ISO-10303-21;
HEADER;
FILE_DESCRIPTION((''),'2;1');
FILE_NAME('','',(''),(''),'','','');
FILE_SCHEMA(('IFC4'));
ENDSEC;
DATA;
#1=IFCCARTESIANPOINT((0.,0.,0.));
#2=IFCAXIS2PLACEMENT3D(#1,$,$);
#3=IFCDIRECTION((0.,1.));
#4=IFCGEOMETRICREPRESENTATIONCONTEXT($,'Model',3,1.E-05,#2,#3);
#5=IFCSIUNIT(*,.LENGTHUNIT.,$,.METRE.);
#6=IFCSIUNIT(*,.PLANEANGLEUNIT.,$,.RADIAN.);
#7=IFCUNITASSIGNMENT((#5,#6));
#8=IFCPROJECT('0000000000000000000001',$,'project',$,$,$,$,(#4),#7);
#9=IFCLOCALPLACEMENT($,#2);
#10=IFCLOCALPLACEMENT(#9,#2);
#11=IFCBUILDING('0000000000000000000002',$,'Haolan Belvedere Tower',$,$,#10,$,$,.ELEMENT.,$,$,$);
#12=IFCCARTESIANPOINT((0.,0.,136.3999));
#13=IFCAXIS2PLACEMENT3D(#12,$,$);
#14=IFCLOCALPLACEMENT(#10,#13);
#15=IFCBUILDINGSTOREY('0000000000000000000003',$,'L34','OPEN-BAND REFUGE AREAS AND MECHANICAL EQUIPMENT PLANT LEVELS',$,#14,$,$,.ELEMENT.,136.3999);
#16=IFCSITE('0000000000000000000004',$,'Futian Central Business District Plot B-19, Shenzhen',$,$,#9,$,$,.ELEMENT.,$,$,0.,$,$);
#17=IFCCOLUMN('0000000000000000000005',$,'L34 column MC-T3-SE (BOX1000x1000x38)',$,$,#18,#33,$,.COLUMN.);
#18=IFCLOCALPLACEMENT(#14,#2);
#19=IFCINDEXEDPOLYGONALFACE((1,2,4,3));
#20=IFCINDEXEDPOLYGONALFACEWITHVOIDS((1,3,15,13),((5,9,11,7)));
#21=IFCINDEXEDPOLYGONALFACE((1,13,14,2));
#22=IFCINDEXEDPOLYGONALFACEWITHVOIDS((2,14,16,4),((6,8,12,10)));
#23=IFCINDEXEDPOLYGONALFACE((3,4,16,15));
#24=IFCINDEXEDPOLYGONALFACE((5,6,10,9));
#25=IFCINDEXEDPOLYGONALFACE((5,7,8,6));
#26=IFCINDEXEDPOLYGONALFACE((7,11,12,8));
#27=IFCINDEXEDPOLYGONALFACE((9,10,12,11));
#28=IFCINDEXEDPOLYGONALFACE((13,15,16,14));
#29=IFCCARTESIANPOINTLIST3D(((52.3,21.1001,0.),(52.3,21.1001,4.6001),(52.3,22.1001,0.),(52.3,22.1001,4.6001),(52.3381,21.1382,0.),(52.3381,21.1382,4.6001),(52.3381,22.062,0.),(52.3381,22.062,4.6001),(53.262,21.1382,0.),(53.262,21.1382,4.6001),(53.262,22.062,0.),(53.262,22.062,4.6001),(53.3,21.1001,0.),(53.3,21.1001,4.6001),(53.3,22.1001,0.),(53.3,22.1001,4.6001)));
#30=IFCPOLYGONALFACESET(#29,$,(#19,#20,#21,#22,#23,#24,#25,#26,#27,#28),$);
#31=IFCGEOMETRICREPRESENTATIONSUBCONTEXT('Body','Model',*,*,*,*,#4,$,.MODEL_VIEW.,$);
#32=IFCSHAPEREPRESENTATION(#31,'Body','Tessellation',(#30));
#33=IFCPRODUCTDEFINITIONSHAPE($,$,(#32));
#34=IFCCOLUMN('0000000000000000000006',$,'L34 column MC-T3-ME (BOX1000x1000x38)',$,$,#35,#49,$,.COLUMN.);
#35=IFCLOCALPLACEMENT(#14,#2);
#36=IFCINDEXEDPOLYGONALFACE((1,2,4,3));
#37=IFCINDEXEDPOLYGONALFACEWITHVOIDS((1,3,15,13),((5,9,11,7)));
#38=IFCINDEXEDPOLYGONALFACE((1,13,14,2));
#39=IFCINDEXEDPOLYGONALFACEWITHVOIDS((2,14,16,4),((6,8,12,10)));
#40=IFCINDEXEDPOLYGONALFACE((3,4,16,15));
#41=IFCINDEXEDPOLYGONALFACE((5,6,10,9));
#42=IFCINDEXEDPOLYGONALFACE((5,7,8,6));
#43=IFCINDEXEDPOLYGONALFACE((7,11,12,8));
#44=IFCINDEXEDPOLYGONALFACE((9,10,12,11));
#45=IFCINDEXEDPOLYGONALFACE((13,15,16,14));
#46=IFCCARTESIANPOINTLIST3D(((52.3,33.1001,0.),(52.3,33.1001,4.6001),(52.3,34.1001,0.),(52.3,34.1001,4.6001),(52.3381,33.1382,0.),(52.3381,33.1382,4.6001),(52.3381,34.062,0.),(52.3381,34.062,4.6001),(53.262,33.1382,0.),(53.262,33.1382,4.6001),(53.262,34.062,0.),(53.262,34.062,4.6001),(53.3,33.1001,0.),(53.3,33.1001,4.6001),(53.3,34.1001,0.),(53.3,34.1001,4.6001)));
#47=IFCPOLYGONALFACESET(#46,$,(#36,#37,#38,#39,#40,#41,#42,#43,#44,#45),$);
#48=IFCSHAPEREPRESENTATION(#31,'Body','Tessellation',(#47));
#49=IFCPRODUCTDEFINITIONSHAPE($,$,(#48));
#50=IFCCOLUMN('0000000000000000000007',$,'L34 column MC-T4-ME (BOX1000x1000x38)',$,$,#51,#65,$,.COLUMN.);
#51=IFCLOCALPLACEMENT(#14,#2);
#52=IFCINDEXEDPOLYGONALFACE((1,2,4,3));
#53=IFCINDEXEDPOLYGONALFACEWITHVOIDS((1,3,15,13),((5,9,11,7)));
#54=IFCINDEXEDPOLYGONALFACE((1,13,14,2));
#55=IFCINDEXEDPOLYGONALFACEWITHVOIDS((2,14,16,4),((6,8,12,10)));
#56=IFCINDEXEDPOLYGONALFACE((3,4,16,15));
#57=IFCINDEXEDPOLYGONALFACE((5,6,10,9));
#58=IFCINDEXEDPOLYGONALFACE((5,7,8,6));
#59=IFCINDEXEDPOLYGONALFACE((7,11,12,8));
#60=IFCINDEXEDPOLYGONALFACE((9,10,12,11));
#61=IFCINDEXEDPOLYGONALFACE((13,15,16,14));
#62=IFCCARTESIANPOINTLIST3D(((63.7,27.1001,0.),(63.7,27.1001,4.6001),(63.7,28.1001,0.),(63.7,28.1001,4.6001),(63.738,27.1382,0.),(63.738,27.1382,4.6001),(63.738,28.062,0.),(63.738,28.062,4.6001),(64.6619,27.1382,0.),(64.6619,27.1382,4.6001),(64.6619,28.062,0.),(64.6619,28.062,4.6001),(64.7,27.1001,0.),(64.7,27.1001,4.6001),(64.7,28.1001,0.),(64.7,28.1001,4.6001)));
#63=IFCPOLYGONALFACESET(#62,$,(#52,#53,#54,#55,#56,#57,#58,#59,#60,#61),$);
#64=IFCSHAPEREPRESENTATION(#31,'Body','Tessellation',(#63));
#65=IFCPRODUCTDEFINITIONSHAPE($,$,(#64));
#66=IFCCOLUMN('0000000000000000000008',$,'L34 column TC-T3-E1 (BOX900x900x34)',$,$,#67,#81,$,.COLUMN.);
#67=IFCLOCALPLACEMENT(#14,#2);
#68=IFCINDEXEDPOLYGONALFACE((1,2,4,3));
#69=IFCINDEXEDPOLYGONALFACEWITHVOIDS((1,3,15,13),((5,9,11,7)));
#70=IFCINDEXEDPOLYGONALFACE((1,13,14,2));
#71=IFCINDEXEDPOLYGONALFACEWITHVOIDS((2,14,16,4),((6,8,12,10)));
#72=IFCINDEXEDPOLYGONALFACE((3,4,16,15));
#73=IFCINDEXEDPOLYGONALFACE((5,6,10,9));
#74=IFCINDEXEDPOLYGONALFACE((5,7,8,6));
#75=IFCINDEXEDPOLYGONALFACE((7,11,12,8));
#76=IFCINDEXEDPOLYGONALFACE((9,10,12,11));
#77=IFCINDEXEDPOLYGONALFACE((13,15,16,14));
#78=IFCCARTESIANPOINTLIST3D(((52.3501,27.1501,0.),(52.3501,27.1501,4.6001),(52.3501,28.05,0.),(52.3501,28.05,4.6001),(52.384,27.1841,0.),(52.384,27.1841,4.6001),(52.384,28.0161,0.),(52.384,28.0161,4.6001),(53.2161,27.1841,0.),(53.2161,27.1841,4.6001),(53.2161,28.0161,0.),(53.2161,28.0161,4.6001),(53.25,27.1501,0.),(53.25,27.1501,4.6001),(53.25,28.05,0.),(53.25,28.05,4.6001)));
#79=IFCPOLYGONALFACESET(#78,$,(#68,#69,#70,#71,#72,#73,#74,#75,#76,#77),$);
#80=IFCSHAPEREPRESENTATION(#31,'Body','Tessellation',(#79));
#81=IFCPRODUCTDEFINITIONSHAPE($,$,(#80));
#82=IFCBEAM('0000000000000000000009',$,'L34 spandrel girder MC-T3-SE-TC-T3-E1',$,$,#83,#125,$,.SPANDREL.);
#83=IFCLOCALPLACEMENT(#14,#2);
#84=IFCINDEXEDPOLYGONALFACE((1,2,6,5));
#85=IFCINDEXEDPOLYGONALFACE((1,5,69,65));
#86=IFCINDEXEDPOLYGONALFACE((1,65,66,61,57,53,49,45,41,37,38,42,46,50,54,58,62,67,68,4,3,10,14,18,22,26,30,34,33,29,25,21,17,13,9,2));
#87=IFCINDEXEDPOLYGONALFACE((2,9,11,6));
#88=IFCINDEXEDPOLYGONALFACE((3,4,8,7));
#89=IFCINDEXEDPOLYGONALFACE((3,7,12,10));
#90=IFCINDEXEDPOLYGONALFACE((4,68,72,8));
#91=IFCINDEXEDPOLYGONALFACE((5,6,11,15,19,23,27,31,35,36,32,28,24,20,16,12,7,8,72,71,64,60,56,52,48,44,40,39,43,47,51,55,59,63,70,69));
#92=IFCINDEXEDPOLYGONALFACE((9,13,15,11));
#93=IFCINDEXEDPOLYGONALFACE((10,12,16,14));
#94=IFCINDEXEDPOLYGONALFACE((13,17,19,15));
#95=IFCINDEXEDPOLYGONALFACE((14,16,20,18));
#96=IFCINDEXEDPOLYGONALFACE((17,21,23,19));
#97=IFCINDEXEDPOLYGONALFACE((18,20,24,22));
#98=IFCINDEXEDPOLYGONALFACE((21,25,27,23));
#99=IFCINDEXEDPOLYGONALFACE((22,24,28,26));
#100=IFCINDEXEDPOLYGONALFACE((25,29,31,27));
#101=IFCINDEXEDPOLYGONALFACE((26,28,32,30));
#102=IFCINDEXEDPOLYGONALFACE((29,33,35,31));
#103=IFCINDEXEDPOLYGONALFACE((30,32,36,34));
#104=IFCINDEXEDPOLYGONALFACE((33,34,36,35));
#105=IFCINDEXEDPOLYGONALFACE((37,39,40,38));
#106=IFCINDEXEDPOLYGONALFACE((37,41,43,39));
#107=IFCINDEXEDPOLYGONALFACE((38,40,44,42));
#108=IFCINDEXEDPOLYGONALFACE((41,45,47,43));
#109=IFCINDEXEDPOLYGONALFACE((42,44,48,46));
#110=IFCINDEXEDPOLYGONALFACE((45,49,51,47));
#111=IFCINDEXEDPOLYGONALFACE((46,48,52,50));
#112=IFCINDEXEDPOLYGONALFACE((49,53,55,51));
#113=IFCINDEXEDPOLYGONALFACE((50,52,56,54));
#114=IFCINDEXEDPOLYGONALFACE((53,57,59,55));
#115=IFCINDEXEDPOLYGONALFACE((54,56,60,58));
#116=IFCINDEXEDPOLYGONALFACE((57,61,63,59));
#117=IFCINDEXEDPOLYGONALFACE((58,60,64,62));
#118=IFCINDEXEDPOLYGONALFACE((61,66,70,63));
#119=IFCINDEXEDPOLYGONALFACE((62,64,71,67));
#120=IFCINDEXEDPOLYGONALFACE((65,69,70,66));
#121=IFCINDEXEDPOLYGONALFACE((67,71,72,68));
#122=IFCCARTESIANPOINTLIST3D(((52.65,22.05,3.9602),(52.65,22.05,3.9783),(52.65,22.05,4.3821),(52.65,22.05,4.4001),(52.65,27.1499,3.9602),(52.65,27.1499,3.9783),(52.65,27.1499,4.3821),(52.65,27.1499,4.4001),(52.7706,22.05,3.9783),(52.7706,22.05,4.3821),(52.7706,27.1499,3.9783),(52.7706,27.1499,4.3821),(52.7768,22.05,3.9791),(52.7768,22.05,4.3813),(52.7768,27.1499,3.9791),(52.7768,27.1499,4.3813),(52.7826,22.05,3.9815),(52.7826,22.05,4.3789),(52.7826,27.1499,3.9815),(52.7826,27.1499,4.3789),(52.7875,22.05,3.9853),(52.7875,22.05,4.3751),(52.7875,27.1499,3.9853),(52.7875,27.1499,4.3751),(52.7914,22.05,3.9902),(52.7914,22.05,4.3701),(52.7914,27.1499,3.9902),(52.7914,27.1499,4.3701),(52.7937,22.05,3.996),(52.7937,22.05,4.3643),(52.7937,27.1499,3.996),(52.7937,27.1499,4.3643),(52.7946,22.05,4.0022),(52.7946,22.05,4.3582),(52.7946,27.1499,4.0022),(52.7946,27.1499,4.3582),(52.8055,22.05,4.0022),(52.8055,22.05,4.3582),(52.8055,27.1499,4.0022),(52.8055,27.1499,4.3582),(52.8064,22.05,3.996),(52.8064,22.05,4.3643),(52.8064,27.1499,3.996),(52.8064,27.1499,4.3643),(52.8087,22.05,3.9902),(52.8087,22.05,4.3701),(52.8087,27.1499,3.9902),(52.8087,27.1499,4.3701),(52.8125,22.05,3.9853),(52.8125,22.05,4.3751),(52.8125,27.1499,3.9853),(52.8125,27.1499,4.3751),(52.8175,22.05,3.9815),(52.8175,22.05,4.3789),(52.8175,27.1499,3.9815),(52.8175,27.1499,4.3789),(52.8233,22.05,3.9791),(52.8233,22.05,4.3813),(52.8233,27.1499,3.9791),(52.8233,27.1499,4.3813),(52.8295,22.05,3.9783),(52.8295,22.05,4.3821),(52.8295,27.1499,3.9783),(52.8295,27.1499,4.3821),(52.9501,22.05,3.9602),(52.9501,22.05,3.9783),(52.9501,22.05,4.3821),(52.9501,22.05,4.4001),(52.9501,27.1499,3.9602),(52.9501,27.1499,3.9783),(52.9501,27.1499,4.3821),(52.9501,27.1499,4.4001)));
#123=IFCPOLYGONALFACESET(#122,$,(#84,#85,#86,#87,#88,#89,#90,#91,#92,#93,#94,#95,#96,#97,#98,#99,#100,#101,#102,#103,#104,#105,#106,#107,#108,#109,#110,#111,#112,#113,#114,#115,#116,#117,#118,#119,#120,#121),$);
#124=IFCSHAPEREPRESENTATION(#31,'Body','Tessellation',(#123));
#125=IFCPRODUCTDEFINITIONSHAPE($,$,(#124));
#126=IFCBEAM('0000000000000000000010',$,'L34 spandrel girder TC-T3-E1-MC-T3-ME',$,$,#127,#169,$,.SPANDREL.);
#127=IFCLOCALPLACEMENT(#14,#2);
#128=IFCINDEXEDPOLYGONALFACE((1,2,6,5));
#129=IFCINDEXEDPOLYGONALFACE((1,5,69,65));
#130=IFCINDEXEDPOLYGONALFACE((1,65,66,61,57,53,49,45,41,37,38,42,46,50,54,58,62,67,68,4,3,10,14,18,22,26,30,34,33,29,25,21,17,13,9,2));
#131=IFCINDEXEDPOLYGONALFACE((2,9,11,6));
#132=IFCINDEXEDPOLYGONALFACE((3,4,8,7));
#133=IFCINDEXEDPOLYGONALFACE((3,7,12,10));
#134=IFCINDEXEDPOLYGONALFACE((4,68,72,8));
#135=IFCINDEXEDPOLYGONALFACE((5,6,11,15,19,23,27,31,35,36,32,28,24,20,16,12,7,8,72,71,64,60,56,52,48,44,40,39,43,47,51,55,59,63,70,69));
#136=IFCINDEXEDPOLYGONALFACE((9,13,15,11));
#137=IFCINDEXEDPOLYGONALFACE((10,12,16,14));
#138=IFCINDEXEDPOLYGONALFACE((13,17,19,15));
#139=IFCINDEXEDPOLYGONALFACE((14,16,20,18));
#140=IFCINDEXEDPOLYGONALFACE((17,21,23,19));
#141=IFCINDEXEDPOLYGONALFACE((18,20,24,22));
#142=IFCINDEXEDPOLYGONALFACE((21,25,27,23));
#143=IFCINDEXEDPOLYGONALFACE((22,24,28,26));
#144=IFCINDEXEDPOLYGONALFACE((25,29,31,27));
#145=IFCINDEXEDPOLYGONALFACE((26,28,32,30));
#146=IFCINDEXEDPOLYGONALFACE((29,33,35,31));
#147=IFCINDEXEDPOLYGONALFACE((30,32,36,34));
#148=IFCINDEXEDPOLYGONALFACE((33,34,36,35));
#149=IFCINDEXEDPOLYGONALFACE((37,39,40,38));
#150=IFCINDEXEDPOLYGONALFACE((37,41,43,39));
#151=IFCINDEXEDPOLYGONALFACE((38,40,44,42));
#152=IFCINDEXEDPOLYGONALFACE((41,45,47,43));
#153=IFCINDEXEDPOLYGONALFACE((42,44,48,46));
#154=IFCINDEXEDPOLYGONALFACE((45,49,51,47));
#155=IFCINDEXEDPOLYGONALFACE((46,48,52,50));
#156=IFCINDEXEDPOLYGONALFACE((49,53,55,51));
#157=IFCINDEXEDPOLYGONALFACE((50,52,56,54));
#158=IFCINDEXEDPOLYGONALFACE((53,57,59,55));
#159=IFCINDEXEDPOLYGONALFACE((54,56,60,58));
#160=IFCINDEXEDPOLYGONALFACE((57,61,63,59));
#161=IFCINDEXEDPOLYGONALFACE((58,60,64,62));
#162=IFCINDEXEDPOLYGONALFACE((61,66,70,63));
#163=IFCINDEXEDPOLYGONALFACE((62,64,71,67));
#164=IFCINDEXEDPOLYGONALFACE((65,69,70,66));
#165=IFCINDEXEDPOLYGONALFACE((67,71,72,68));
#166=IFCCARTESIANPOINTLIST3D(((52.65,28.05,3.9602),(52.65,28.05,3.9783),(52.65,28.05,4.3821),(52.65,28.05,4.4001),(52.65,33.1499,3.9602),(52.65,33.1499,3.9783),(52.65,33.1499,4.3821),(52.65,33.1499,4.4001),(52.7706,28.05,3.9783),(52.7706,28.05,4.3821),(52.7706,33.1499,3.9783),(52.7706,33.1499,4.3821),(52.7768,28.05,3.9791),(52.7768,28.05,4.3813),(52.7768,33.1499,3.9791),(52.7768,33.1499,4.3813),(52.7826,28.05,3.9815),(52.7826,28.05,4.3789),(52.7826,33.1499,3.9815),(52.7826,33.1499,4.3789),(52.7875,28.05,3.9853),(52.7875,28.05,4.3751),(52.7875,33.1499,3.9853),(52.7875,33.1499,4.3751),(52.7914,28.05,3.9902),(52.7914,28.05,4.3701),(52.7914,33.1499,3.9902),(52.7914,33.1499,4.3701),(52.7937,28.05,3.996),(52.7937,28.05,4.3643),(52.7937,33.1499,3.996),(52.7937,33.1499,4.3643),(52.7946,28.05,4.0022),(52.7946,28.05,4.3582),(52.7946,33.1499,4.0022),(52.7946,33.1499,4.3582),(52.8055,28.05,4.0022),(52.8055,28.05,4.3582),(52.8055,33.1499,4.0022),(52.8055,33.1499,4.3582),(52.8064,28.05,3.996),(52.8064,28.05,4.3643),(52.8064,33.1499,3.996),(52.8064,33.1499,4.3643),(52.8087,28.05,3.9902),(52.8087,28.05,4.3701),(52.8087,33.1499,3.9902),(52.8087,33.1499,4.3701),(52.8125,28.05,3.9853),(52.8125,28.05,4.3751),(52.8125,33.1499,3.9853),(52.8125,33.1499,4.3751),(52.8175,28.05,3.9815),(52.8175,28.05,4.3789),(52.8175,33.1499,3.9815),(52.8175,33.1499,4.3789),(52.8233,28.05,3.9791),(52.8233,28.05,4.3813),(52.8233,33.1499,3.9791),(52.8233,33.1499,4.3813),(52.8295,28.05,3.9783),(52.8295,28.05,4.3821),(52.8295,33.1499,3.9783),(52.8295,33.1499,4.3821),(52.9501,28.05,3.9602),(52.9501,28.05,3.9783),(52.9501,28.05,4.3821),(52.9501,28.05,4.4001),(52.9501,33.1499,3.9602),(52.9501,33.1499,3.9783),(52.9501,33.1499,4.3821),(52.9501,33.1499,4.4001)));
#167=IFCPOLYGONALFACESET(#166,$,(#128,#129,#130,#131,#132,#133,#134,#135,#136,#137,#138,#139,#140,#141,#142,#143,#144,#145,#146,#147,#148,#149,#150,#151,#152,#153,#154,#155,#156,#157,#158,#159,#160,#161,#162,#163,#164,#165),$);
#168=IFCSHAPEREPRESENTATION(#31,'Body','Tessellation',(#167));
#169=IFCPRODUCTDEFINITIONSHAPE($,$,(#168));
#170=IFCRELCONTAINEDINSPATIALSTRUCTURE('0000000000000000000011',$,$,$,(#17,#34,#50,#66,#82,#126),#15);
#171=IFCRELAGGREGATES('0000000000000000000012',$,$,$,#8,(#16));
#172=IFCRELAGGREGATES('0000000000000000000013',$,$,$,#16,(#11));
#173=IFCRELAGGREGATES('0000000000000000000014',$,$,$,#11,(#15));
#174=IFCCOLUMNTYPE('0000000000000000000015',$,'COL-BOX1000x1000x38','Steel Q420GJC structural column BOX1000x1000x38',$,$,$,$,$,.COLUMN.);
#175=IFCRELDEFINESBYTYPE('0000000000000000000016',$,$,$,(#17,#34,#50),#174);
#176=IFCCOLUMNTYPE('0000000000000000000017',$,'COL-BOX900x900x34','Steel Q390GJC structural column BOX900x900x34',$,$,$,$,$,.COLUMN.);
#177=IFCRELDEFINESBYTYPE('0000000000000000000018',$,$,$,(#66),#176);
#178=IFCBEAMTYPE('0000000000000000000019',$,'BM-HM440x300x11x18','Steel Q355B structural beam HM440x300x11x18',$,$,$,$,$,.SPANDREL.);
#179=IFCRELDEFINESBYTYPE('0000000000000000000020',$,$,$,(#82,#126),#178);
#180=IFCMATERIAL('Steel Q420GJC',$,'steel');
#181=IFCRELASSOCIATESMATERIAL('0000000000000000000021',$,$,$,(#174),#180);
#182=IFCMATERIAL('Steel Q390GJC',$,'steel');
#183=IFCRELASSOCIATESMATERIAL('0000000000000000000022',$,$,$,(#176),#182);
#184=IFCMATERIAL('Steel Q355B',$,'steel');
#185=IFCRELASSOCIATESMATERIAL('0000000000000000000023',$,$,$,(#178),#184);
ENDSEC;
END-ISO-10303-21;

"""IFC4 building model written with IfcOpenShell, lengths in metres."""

from ifc_helpers import new_model, si_unit, direction, frame, origin, origin_2d, place, context, subcontext, project, spatial, hollow_rectangle, i_section, extrude, material, material_profile, profile_set, type_object, element, save


model = new_model("IFC4")

# Units and contexts
model_context = context("Model", 3, precision=1e-05, world=origin(), true_north=direction((0.0, 1.0)))
body_context = subcontext(model_context, "Body", "Model", "MODEL_VIEW")
ifc_project = project(units=[si_unit("LENGTHUNIT", "METRE"), si_unit("PLANEANGLEUNIT", "RADIAN")], contexts=[model_context])

# Site, building, storey
site_placement = place(None, origin())
site = spatial("IfcSite", under=ifc_project, at=site_placement, Name="Futian Central Business District Plot B-19, Shenzhen", CompositionType="ELEMENT", RefElevation=0.0)
building_placement = place(site_placement, origin())
building = spatial("IfcBuilding", under=site, at=building_placement, Name="Haolan Belvedere Tower", CompositionType="ELEMENT")
storey_placement = place(building_placement, frame((0.0, 0.0, 136.3999)))
storey = spatial("IfcBuildingStorey", under=building, at=storey_placement, Name="L34", Description="OPEN-BAND REFUGE AREAS AND MECHANICAL EQUIPMENT PLANT LEVELS", CompositionType="ELEMENT", Elevation=136.3999)

# Columns
ifc_material_1 = material(Name="Steel Q420GJC", Category="steel")
ifc_material_profile_1 = material_profile(ifc_material_1, hollow_rectangle(XDim=1.0, YDim=1.0, WallThickness=0.0381, at=origin_2d()), Name="Steel Q420GJC")
ifc_profile_set_1 = profile_set([ifc_material_profile_1], Name="Steel Q420GJC")
column_type_1 = type_object("IfcColumnType", Name="COL-BOX1000x1000x38", Description="Steel Q420GJC structural column BOX1000x1000x38", PredefinedType="COLUMN", material=ifc_profile_set_1)
for number, where, z_axis, x_axis, name in (
    (1, (52.8, 21.6001, 0.0), (0.0, 0.0, 1.0), (1.0, 0.0, 0.0), "L34 column MC-T3-SE (BOX1000x1000x38)"),
    (2, (52.8, 33.6001, 0.0), (0.0, 0.0, 1.0), (1.0, 0.0, 0.0), "L34 column MC-T3-ME (BOX1000x1000x38)"),
    (3, (64.2, 27.6001, 0.0), (0.0, 0.0, 1.0), (1.0, 0.0, 0.0), "L34 column MC-T4-ME (BOX1000x1000x38)"),
):
    element("IfcColumn", number, at=place(storey_placement, frame(where, z_axis=z_axis, x_axis=x_axis)), inside=storey, type_object=column_type_1, Name=name, PredefinedType="COLUMN", context=body_context, shape_type="SweptSolid", body=[
        extrude(hollow_rectangle(XDim=1.0, YDim=1.0, WallThickness=0.0381, at=origin_2d()), origin(), (0.0, 0.0, 1.0), 4.6001),
    ])
ifc_material_2 = material(Name="Steel Q390GJC", Category="steel")
ifc_material_profile_2 = material_profile(ifc_material_2, hollow_rectangle(XDim=0.8999, YDim=0.8999, WallThickness=0.0339, at=origin_2d()), Name="Steel Q390GJC")
ifc_profile_set_2 = profile_set([ifc_material_profile_2], Name="Steel Q390GJC")
column_type_2 = type_object("IfcColumnType", Name="COL-BOX900x900x34", Description="Steel Q390GJC structural column BOX900x900x34", PredefinedType="COLUMN", material=ifc_profile_set_2)
column_placement = place(storey_placement, frame((52.8, 27.6001, 0.0), z_axis=(0.0, 0.0, 1.0), x_axis=(1.0, 0.0, 0.0)))
element("IfcColumn", 4, at=column_placement, inside=storey, type_object=column_type_2, Name="L34 column TC-T3-E1 (BOX900x900x34)", PredefinedType="COLUMN", context=body_context, shape_type="SweptSolid", body=[
    extrude(hollow_rectangle(XDim=0.8999, YDim=0.8999, WallThickness=0.0339, at=origin_2d()), origin(), (0.0, 0.0, 1.0), 4.6001),
])

# Beams
ifc_material_3 = material(Name="Steel Q355B", Category="steel")
ifc_material_profile_3 = material_profile(ifc_material_3, i_section(OverallWidth=0.3, OverallDepth=0.4399, WebThickness=0.011, FlangeThickness=0.0181, FilletRadius=0.0239, at=origin_2d()), Name="Steel Q355B")
ifc_profile_set_3 = profile_set([ifc_material_profile_3], Name="Steel Q355B")
beam_type_1 = type_object("IfcBeamType", Name="BM-HM440x300x11x18", Description="Steel Q355B structural beam HM440x300x11x18", PredefinedType="SPANDREL", material=ifc_profile_set_3)
for number, where, z_axis, x_axis, name in (
    (5, (52.8, 22.05, 4.1802), (0.0, 1.0, 0.0), (-1.0, 0.0, 0.0), "L34 spandrel girder MC-T3-SE-TC-T3-E1"),
    (6, (52.8, 28.05, 4.1802), (0.0, 1.0, 0.0), (-1.0, 0.0, 0.0), "L34 spandrel girder TC-T3-E1-MC-T3-ME"),
):
    element("IfcBeam", number, at=place(storey_placement, frame(where, z_axis=z_axis, x_axis=x_axis)), inside=storey, type_object=beam_type_1, Name=name, PredefinedType="SPANDREL", context=body_context, shape_type="SweptSolid", body=[
        extrude(i_section(OverallWidth=0.3, OverallDepth=0.4399, WebThickness=0.011, FlangeThickness=0.0181, FilletRadius=0.0239, at=origin_2d()), origin(), (0.0, 0.0, 1.0), 5.0999),
    ])

save(model, "model.ifc")
